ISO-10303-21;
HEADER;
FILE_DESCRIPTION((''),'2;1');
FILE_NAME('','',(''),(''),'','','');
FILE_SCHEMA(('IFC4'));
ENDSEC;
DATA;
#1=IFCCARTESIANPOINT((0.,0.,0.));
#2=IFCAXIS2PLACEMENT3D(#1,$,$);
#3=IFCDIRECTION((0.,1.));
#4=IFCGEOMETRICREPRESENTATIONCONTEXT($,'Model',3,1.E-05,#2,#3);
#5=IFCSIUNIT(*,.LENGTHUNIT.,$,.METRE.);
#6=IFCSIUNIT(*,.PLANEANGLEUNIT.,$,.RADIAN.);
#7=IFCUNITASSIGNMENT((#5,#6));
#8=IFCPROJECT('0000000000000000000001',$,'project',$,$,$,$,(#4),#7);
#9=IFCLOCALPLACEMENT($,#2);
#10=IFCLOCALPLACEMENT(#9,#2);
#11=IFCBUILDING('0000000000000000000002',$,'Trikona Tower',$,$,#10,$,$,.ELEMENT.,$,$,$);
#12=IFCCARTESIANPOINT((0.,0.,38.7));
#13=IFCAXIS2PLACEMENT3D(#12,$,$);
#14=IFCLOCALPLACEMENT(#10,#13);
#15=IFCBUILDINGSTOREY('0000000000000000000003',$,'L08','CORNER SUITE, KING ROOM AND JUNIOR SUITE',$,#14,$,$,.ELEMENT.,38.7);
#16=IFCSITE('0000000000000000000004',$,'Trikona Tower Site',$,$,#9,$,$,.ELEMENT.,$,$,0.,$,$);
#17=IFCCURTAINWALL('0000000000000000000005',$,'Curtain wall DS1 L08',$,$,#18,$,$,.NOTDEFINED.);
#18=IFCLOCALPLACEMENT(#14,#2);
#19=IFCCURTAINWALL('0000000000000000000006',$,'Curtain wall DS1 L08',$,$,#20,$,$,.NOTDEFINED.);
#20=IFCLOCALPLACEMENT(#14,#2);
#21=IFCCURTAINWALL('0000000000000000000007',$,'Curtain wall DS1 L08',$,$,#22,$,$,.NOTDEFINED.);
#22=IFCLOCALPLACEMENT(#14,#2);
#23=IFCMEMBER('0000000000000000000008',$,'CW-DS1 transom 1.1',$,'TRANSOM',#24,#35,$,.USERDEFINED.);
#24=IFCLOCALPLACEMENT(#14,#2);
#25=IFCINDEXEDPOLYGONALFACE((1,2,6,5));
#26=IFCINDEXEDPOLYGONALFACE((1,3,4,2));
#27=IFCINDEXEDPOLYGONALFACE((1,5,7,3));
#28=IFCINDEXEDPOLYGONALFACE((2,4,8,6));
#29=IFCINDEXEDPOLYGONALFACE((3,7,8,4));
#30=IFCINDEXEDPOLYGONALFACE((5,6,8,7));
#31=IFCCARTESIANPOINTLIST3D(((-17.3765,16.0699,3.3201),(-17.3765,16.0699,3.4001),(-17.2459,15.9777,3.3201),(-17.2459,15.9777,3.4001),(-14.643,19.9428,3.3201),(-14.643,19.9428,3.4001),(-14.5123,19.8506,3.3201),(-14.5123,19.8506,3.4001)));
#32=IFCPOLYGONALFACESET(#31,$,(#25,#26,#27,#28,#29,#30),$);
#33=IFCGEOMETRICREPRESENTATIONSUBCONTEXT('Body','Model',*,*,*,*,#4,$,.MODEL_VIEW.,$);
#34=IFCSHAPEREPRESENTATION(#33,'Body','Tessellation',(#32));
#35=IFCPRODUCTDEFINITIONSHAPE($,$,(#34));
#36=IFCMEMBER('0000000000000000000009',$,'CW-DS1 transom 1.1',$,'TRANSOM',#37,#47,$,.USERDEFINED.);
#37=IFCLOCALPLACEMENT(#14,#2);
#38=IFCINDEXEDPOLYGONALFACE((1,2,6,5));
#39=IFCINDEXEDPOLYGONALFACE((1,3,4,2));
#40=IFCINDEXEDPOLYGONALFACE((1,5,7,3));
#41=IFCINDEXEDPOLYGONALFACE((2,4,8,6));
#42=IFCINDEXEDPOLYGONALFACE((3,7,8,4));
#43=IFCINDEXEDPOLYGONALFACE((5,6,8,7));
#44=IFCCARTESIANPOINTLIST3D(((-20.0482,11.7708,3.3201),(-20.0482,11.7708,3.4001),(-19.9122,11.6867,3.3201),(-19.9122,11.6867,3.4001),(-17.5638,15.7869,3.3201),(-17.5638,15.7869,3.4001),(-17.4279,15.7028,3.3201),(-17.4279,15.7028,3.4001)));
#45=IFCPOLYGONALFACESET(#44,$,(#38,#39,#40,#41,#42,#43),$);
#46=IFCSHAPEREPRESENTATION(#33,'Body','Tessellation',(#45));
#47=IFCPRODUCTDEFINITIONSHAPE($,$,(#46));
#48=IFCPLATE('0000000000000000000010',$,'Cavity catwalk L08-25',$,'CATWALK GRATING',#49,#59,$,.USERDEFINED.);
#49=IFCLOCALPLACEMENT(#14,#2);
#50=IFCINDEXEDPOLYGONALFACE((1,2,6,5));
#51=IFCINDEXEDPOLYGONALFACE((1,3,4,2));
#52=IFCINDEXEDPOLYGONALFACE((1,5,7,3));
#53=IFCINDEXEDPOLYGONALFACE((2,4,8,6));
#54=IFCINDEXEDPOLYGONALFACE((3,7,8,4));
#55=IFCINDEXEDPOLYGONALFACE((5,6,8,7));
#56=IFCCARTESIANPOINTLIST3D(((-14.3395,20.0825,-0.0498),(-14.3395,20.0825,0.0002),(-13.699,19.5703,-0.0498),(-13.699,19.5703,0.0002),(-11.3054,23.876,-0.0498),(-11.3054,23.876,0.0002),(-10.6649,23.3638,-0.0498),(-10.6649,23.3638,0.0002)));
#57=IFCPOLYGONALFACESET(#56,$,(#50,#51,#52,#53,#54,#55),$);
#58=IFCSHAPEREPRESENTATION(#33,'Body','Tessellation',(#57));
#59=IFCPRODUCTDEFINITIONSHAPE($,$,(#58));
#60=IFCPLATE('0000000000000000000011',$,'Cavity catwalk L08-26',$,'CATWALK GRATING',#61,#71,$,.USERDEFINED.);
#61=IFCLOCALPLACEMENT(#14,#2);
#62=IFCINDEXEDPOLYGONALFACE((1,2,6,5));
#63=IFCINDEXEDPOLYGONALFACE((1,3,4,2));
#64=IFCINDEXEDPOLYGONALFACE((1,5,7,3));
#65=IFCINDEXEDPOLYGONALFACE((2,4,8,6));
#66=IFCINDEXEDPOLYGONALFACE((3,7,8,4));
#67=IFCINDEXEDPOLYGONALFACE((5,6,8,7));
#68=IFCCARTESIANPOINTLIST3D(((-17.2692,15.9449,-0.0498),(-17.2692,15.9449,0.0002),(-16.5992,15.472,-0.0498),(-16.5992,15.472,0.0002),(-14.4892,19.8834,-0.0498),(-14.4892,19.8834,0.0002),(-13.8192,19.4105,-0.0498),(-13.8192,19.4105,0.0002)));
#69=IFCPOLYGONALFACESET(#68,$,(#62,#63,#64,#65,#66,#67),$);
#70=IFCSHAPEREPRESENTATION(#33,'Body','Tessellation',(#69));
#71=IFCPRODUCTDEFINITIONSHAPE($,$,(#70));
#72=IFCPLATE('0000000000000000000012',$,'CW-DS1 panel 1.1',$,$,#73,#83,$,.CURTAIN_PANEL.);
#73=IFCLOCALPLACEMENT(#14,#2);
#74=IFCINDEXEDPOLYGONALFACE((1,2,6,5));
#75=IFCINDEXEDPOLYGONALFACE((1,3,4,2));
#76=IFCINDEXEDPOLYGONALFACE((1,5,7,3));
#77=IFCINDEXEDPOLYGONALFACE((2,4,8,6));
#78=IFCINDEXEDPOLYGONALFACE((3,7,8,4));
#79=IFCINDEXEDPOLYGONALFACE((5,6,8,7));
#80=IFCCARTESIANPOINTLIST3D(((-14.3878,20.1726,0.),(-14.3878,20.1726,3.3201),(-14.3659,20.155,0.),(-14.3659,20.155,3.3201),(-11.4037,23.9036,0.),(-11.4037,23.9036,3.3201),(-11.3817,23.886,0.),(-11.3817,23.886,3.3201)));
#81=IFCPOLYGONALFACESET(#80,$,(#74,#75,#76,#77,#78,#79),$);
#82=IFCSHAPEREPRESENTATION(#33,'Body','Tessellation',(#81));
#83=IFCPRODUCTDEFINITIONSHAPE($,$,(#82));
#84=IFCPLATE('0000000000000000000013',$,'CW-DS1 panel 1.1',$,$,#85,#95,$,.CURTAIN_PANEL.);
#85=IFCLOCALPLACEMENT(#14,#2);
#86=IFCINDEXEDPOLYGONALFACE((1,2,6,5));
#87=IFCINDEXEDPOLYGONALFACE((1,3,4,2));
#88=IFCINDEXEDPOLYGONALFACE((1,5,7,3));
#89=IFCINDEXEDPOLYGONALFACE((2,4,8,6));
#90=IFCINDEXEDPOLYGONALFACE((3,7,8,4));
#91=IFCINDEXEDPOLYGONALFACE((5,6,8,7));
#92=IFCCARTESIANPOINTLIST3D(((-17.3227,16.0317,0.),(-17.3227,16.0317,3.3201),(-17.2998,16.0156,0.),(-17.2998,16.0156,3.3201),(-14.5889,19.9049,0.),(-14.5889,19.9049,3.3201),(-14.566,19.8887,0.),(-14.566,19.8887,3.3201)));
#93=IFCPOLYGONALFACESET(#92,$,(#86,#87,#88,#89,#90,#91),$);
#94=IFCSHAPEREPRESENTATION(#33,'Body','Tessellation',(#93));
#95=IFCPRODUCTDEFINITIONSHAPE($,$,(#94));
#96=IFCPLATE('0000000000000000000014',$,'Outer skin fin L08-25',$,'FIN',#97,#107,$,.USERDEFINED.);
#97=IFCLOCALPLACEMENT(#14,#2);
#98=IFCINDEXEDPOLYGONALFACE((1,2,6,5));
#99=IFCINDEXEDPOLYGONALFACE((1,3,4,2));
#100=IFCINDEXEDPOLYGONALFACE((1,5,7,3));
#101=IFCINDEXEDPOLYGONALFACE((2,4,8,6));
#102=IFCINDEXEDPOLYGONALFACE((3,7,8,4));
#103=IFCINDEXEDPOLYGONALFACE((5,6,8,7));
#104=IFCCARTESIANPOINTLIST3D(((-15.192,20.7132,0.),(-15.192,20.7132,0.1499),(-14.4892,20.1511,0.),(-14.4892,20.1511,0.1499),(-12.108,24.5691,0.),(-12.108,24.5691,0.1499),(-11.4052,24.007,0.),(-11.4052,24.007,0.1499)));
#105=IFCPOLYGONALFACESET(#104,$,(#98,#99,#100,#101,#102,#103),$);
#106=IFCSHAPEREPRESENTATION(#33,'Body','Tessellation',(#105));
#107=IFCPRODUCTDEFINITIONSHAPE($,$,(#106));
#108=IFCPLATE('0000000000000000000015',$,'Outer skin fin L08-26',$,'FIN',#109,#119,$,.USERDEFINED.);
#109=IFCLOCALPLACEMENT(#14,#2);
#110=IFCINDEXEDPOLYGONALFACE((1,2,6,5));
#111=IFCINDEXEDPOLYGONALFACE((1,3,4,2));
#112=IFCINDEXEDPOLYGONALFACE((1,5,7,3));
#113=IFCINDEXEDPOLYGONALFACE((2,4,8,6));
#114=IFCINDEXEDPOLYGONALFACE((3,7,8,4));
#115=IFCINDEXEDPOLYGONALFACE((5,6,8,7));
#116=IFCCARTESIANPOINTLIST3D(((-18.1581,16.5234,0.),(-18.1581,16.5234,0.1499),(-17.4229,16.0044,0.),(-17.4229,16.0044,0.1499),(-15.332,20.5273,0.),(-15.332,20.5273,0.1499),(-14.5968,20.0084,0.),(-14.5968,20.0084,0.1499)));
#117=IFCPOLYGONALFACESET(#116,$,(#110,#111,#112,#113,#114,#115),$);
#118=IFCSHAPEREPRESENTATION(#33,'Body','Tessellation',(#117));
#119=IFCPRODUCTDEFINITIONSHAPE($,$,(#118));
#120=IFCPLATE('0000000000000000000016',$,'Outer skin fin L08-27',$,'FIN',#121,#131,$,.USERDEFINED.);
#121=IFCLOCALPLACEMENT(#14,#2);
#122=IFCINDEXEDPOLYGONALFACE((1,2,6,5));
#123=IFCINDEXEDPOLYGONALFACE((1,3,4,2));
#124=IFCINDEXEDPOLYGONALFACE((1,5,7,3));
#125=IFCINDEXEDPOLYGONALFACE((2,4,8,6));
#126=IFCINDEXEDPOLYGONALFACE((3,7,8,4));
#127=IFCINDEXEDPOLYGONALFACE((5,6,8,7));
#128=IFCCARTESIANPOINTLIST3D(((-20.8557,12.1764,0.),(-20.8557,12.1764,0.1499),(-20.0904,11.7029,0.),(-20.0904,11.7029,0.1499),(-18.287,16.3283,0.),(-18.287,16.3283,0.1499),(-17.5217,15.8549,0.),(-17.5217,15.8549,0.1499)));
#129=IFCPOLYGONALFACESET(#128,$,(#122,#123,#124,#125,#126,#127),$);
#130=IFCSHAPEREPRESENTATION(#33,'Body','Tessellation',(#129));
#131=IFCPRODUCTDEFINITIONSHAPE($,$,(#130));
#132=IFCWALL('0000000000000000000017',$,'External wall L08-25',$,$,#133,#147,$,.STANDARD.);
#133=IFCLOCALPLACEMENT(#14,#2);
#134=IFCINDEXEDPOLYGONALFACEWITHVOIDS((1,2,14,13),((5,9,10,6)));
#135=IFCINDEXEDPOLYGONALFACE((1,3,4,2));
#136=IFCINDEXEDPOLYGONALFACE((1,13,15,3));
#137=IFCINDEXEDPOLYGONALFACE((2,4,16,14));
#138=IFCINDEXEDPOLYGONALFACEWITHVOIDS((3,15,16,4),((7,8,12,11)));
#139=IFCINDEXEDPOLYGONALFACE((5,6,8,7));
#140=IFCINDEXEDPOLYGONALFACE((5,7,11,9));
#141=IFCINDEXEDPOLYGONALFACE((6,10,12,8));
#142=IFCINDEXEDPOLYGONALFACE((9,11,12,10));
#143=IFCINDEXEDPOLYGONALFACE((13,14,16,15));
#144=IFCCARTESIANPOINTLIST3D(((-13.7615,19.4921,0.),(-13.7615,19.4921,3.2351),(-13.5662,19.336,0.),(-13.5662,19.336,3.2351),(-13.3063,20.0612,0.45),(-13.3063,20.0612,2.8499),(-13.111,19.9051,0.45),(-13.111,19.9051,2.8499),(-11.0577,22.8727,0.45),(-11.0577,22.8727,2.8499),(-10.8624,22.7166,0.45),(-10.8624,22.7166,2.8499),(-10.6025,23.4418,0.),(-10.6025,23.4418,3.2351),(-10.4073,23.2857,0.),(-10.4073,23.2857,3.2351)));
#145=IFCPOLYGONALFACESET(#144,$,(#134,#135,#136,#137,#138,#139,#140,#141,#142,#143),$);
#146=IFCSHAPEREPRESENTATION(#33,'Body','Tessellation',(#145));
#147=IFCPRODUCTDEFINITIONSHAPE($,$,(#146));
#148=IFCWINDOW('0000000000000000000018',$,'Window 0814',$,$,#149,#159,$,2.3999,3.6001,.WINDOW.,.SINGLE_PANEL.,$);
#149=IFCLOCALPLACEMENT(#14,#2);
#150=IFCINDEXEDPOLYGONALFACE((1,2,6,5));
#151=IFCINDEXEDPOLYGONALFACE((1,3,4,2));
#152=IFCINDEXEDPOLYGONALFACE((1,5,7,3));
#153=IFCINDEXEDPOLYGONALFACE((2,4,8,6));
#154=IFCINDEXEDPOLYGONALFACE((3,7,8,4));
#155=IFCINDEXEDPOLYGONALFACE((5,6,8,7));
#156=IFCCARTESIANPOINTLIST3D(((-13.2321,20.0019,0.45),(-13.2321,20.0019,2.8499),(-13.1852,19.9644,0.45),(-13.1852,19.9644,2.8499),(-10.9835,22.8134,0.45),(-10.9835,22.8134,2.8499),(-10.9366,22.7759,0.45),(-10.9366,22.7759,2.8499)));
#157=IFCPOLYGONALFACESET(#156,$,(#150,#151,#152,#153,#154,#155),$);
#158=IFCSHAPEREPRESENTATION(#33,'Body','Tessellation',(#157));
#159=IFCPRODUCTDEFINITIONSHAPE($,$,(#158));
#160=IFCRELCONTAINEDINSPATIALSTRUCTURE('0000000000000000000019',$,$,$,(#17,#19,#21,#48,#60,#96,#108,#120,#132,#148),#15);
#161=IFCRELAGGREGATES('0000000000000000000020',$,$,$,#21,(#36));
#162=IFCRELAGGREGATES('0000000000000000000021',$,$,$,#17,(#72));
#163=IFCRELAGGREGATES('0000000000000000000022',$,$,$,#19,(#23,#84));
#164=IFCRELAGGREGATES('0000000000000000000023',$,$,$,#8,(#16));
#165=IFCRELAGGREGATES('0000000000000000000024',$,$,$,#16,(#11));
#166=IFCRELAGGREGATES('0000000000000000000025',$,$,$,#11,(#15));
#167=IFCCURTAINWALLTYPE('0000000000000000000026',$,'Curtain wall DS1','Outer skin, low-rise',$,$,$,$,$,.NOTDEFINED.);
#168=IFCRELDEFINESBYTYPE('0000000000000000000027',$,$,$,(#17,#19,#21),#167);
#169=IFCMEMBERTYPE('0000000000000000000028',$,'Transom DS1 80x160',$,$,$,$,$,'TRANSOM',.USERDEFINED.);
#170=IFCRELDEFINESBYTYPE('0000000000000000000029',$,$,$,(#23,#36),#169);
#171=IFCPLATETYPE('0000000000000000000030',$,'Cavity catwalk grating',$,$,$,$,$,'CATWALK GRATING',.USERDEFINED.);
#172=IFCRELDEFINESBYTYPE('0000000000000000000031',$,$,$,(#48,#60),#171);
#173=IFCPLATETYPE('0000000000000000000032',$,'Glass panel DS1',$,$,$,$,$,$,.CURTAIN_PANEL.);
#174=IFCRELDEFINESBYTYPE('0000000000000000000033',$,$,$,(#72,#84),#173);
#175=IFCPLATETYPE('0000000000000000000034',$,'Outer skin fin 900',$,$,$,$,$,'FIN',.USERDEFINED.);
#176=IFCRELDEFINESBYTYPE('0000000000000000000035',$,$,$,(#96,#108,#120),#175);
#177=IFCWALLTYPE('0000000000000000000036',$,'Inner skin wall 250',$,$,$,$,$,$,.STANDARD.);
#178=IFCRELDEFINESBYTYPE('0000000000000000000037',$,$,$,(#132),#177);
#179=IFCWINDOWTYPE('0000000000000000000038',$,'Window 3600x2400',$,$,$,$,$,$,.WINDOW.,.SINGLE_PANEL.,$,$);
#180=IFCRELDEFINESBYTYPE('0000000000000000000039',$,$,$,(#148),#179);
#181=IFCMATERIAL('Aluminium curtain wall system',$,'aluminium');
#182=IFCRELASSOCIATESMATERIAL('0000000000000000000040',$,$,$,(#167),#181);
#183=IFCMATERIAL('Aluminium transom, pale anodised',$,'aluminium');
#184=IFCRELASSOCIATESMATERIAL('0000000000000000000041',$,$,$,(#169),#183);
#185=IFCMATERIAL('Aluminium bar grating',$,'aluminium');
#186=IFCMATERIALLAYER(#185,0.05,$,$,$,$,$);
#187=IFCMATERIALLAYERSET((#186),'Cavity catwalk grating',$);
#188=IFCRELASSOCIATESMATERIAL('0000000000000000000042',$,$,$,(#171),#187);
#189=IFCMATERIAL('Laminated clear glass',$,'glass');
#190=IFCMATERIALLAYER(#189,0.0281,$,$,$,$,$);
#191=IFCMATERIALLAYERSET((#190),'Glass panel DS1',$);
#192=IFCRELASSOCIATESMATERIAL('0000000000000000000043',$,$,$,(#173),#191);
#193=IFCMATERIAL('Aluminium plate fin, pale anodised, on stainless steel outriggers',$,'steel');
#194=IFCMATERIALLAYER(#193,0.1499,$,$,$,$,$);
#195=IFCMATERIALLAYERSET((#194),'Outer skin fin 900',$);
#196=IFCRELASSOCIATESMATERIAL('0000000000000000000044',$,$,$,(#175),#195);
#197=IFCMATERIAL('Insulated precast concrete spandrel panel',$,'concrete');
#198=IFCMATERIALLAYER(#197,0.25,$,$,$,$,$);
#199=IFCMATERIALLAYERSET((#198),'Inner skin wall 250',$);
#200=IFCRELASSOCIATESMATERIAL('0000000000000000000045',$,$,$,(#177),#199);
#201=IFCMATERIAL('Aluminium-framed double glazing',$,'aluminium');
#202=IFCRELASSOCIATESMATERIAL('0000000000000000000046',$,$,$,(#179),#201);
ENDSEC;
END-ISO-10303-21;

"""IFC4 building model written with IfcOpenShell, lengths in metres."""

from ifc_helpers import new_model, si_unit, direction, frame, frame_2d, origin, origin_2d, place, context, subcontext, project, spatial, rectangle, extrude, material, layer, layer_set, material_profile, profile_set, type_object, element, fill, aggregate, save


model = new_model("IFC4")

# Units and contexts
model_context = context("Model", 3, precision=1e-05, world=origin(), true_north=direction((0.0, 1.0)))
body_context = subcontext(model_context, "Body", "Model", "MODEL_VIEW")
ifc_project = project(units=[si_unit("LENGTHUNIT", "METRE"), si_unit("PLANEANGLEUNIT", "RADIAN")], contexts=[model_context])

# Site, building, storey
site_placement = place(None, origin())
site = spatial("IfcSite", under=ifc_project, at=site_placement, Name="Trikona Tower Site", CompositionType="ELEMENT", RefElevation=0.0)
building_placement = place(site_placement, origin())
building = spatial("IfcBuilding", under=site, at=building_placement, Name="Trikona Tower", CompositionType="ELEMENT")
storey_placement = place(building_placement, frame((0.0, 0.0, 38.7)))
storey = spatial("IfcBuildingStorey", under=building, at=storey_placement, Name="L08", Description="CORNER SUITE, KING ROOM AND JUNIOR SUITE", CompositionType="ELEMENT", Elevation=38.7)

# Shared definitions
ifc_material_1 = material(Name="Aluminium curtain wall system", Category="aluminium")
curtain_wall_type = type_object("IfcCurtainWallType", Name="Curtain wall DS1", Description="Outer skin, low-rise", PredefinedType="NOTDEFINED", material=ifc_material_1)

# Curtain walls
curtain_wall_1_placement = place(storey_placement, origin())
curtain_wall_1 = element("IfcCurtainWall", 1, at=curtain_wall_1_placement, inside=storey, type_object=curtain_wall_type, Name="Curtain wall DS1 L08", PredefinedType="NOTDEFINED")
curtain_wall_2_placement = place(storey_placement, origin())
curtain_wall_2 = element("IfcCurtainWall", 2, at=curtain_wall_2_placement, inside=storey, type_object=curtain_wall_type, Name="Curtain wall DS1 L08", PredefinedType="NOTDEFINED")

# Curtain wall
curtain_wall_3_placement = place(storey_placement, origin())
curtain_wall_3 = element("IfcCurtainWall", 3, at=curtain_wall_3_placement, inside=storey, type_object=curtain_wall_type, Name="Curtain wall DS1 L08", PredefinedType="NOTDEFINED")

# Members
ifc_material_2 = material(Name="Aluminium transom, pale anodised", Category="aluminium")
ifc_material_profile_1 = material_profile(ifc_material_2, rectangle(XDim=0.1599, YDim=0.0801, at=origin_2d()), Name="TRN-DS1")
ifc_profile_set_1 = profile_set([ifc_material_profile_1], Name="Aluminium transom, pale anodised")
member_type_1 = type_object("IfcMemberType", Name="Transom DS1 80x160", ElementType="TRANSOM", PredefinedType="USERDEFINED", material=ifc_profile_set_1)
member_1_placement = place(storey_placement, frame((-14.5776, 19.8967, 3.3601), z_axis=(-0.576645, -0.816995, 0.0), x_axis=(0.816995, -0.576645, 0.0)))
member_1 = element("IfcMember", 4, at=member_1_placement, type_object=member_type_1, Name="CW-DS1 transom 1.1", ObjectType="TRANSOM", PredefinedType="USERDEFINED", context=body_context, shape_type="SweptSolid", body=[
    extrude(rectangle(XDim=0.1599, YDim=0.0801, at=origin_2d()), origin(), (0.0, 0.0, 1.0), 4.7405),
])
member_2_placement = place(storey_placement, frame((-17.4958, 15.7449, 3.3601), z_axis=(-0.526081, -0.850435, 0.0), x_axis=(0.850435, -0.526081, 0.0)))
member_2 = element("IfcMember", 5, at=member_2_placement, type_object=member_type_1, Name="CW-DS1 transom 1.1", ObjectType="TRANSOM", PredefinedType="USERDEFINED", context=body_context, shape_type="SweptSolid", body=[
    extrude(rectangle(XDim=0.1599, YDim=0.0801, at=origin_2d()), origin(), (0.0, 0.0, 1.0), 4.7224),
])
aggregate(curtain_wall_3, [member_2])

# Plates
ifc_material_3 = material(Name="Aluminium bar grating", Category="aluminium")
ifc_layer_1 = layer(ifc_material_3, 0.05)
ifc_layer_set_1 = layer_set([ifc_layer_1], Name="Cavity catwalk grating")
plate_type_1 = type_object("IfcPlateType", Name="Cavity catwalk grating", ElementType="CATWALK GRATING", PredefinedType="USERDEFINED", material=ifc_layer_set_1)
plate_1_placement = place(storey_placement, frame((-12.5022, 21.7231, -0.0498), z_axis=(0.0, 0.0, 1.0), x_axis=(-0.624604, -0.780942, 0.0)))
element("IfcPlate", 6, at=plate_1_placement, inside=storey, type_object=plate_type_1, Name="Cavity catwalk L08-25", ObjectType="CATWALK GRATING", PredefinedType="USERDEFINED", context=body_context, shape_type="SweptSolid", body=[
    extrude(rectangle(XDim=4.8577, YDim=0.8201, at=origin_2d()), origin(), (0.0, 0.0, 1.0), 0.05),
])
plate_2_placement = place(storey_placement, frame((-15.5442, 17.6777, -0.0498), z_axis=(0.0, 0.0, 1.0), x_axis=(-0.576662, -0.816983, 0.0)))
element("IfcPlate", 7, at=plate_2_placement, inside=storey, type_object=plate_type_1, Name="Cavity catwalk L08-26", ObjectType="CATWALK GRATING", PredefinedType="USERDEFINED", context=body_context, shape_type="SweptSolid", body=[
    extrude(rectangle(XDim=4.8208, YDim=0.8201, at=origin_2d()), origin(), (0.0, 0.0, 1.0), 0.05),
])

# Plates
ifc_material_4 = material(Name="Laminated clear glass", Category="glass")
ifc_layer_2 = layer(ifc_material_4, 0.0281)
ifc_layer_set_2 = layer_set([ifc_layer_2], Name="Glass panel DS1")
plate_type_2 = type_object("IfcPlateType", Name="Glass panel DS1", PredefinedType="CURTAIN_PANEL", material=ifc_layer_set_2)
plate_3_placement = place(storey_placement, frame((-12.8848, 22.0293, 0.0), z_axis=(0.0, 0.0, 1.0), x_axis=(-0.624609, -0.780938, 0.0)))
plate_3 = element("IfcPlate", 8, at=plate_3_placement, type_object=plate_type_2, Name="CW-DS1 panel 1.1", PredefinedType="CURTAIN_PANEL", context=body_context, shape_type="SweptSolid", body=[
    extrude(rectangle(XDim=4.7776, YDim=0.0281, at=origin_2d()), origin(), (0.0, 0.0, 1.0), 3.3201),
])
aggregate(curtain_wall_1, [plate_3])
plate_4_placement = place(storey_placement, frame((-15.9443, 17.9602, 0.0), z_axis=(0.0, 0.0, 1.0), x_axis=(-0.576658, -0.816985, 0.0)))
plate_4 = element("IfcPlate", 9, at=plate_4_placement, type_object=plate_type_2, Name="CW-DS1 panel 1.1", PredefinedType="CURTAIN_PANEL", context=body_context, shape_type="SweptSolid", body=[
    extrude(rectangle(XDim=4.7407, YDim=0.0281, at=origin_2d()), origin(), (0.0, 0.0, 1.0), 3.3201),
])
aggregate(curtain_wall_2, [member_1, plate_4])

# Plates
ifc_material_5 = material(Name="Aluminium plate fin, pale anodised, on stainless steel outriggers", Category="steel")
ifc_layer_3 = layer(ifc_material_5, 0.1499)
ifc_layer_set_3 = layer_set([ifc_layer_3], Name="Outer skin fin 900")
plate_type_3 = type_object("IfcPlateType", Name="Outer skin fin 900", ElementType="FIN", PredefinedType="USERDEFINED", material=ifc_layer_set_3)
plate_5_placement = place(storey_placement, frame((-13.2986, 22.3601, 0.0), z_axis=(0.0, 0.0, 1.0), x_axis=(-0.624604, -0.780942, 0.0)))
element("IfcPlate", 10, at=plate_5_placement, inside=storey, type_object=plate_type_3, Name="Outer skin fin L08-25", ObjectType="FIN", PredefinedType="USERDEFINED", context=body_context, shape_type="SweptSolid", body=[
    extrude(rectangle(XDim=4.9375, YDim=0.8999, at=origin_2d()), origin(), (0.0, 0.0, 1.0), 0.1499),
])
plate_6_placement = place(storey_placement, frame((-16.3774, 18.2659, 0.0), z_axis=(0.0, 0.0, 1.0), x_axis=(-0.576662, -0.816983, 0.0)))
element("IfcPlate", 11, at=plate_6_placement, inside=storey, type_object=plate_type_3, Name="Outer skin fin L08-26", ObjectType="FIN", PredefinedType="USERDEFINED", context=body_context, shape_type="SweptSolid", body=[
    extrude(rectangle(XDim=4.9009, YDim=0.8999, at=origin_2d()), origin(), (0.0, 0.0, 1.0), 0.1499),
])
plate_7_placement = place(storey_placement, frame((-19.1887, 14.0156, 0.0), z_axis=(0.0, 0.0, 1.0), x_axis=(-0.526119, -0.850411, 0.0)))
element("IfcPlate", 12, at=plate_7_placement, inside=storey, type_object=plate_type_3, Name="Outer skin fin L08-27", ObjectType="FIN", PredefinedType="USERDEFINED", context=body_context, shape_type="SweptSolid", body=[
    extrude(rectangle(XDim=4.8823, YDim=0.8999, at=origin_2d()), origin(), (0.0, 0.0, 1.0), 0.1499),
])

# Wall, opening, window
ifc_material_6 = material(Name="Insulated precast concrete spandrel panel", Category="concrete")
ifc_layer_4 = layer(ifc_material_6, 0.25)
ifc_layer_set_4 = layer_set([ifc_layer_4], Name="Inner skin wall 250")
wall_type = type_object("IfcWallType", Name="Inner skin wall 250", PredefinedType="STANDARD", material=ifc_layer_set_4)
wall_1_placement = place(storey_placement, frame((-10.5049, 23.3638, 0.0), z_axis=(0.0, 0.0, 1.0), x_axis=(-0.624595, -0.780949, 0.0)))
wall_1 = element("IfcWall", 13, at=wall_1_placement, inside=storey, type_object=wall_type, Name="External wall L08-25", PredefinedType="STANDARD", context=body_context, shape_type="SweptSolid", body=[
    extrude(rectangle(XDim=5.0576, YDim=0.25, at=frame_2d((2.5288, 0.0))), origin(), (0.0, 0.0, 1.0), 3.2351),
])
opening_1_placement = place(wall_1_placement, frame((0.7288, 0.0, 0.45)))
opening_1 = element("IfcOpeningElement", 14, at=opening_1_placement, cuts=wall_1, PredefinedType="OPENING", context=body_context, shape_type="SweptSolid", body=[
    extrude(rectangle(XDim=3.6001, YDim=2.3999, at=frame_2d((1.8, 1.2))), frame((0.0, 0.135, 0.0), z_axis=(0.0, -1.0, 0.0), x_axis=(1.0, 0.0, 0.0)), (0.0, 0.0, 1.0), 0.27),
])
ifc_material_7 = material(Name="Aluminium-framed double glazing", Category="aluminium")
window_type = type_object("IfcWindowType", Name="Window 3600x2400", PartitioningType="SINGLE_PANEL", PredefinedType="WINDOW", material=ifc_material_7)
window_1_placement = place(opening_1_placement, origin())
window_1 = element("IfcWindow", 15, at=window_1_placement, inside=storey, type_object=window_type, Name="Window 0814", OverallHeight=2.3999, OverallWidth=3.6001, PartitioningType="SINGLE_PANEL", PredefinedType="WINDOW", context=body_context, shape_type="SweptSolid", body=[
    extrude(rectangle(XDim=3.6001, YDim=2.3999, at=frame_2d((1.8, 1.2))), frame((0.0, 0.03, 0.0), z_axis=(0.0, -1.0, 0.0), x_axis=(1.0, 0.0, 0.0)), (0.0, 0.0, 1.0), 0.0601),
])
fill(opening_1, window_1)

save(model, "model.ifc")
